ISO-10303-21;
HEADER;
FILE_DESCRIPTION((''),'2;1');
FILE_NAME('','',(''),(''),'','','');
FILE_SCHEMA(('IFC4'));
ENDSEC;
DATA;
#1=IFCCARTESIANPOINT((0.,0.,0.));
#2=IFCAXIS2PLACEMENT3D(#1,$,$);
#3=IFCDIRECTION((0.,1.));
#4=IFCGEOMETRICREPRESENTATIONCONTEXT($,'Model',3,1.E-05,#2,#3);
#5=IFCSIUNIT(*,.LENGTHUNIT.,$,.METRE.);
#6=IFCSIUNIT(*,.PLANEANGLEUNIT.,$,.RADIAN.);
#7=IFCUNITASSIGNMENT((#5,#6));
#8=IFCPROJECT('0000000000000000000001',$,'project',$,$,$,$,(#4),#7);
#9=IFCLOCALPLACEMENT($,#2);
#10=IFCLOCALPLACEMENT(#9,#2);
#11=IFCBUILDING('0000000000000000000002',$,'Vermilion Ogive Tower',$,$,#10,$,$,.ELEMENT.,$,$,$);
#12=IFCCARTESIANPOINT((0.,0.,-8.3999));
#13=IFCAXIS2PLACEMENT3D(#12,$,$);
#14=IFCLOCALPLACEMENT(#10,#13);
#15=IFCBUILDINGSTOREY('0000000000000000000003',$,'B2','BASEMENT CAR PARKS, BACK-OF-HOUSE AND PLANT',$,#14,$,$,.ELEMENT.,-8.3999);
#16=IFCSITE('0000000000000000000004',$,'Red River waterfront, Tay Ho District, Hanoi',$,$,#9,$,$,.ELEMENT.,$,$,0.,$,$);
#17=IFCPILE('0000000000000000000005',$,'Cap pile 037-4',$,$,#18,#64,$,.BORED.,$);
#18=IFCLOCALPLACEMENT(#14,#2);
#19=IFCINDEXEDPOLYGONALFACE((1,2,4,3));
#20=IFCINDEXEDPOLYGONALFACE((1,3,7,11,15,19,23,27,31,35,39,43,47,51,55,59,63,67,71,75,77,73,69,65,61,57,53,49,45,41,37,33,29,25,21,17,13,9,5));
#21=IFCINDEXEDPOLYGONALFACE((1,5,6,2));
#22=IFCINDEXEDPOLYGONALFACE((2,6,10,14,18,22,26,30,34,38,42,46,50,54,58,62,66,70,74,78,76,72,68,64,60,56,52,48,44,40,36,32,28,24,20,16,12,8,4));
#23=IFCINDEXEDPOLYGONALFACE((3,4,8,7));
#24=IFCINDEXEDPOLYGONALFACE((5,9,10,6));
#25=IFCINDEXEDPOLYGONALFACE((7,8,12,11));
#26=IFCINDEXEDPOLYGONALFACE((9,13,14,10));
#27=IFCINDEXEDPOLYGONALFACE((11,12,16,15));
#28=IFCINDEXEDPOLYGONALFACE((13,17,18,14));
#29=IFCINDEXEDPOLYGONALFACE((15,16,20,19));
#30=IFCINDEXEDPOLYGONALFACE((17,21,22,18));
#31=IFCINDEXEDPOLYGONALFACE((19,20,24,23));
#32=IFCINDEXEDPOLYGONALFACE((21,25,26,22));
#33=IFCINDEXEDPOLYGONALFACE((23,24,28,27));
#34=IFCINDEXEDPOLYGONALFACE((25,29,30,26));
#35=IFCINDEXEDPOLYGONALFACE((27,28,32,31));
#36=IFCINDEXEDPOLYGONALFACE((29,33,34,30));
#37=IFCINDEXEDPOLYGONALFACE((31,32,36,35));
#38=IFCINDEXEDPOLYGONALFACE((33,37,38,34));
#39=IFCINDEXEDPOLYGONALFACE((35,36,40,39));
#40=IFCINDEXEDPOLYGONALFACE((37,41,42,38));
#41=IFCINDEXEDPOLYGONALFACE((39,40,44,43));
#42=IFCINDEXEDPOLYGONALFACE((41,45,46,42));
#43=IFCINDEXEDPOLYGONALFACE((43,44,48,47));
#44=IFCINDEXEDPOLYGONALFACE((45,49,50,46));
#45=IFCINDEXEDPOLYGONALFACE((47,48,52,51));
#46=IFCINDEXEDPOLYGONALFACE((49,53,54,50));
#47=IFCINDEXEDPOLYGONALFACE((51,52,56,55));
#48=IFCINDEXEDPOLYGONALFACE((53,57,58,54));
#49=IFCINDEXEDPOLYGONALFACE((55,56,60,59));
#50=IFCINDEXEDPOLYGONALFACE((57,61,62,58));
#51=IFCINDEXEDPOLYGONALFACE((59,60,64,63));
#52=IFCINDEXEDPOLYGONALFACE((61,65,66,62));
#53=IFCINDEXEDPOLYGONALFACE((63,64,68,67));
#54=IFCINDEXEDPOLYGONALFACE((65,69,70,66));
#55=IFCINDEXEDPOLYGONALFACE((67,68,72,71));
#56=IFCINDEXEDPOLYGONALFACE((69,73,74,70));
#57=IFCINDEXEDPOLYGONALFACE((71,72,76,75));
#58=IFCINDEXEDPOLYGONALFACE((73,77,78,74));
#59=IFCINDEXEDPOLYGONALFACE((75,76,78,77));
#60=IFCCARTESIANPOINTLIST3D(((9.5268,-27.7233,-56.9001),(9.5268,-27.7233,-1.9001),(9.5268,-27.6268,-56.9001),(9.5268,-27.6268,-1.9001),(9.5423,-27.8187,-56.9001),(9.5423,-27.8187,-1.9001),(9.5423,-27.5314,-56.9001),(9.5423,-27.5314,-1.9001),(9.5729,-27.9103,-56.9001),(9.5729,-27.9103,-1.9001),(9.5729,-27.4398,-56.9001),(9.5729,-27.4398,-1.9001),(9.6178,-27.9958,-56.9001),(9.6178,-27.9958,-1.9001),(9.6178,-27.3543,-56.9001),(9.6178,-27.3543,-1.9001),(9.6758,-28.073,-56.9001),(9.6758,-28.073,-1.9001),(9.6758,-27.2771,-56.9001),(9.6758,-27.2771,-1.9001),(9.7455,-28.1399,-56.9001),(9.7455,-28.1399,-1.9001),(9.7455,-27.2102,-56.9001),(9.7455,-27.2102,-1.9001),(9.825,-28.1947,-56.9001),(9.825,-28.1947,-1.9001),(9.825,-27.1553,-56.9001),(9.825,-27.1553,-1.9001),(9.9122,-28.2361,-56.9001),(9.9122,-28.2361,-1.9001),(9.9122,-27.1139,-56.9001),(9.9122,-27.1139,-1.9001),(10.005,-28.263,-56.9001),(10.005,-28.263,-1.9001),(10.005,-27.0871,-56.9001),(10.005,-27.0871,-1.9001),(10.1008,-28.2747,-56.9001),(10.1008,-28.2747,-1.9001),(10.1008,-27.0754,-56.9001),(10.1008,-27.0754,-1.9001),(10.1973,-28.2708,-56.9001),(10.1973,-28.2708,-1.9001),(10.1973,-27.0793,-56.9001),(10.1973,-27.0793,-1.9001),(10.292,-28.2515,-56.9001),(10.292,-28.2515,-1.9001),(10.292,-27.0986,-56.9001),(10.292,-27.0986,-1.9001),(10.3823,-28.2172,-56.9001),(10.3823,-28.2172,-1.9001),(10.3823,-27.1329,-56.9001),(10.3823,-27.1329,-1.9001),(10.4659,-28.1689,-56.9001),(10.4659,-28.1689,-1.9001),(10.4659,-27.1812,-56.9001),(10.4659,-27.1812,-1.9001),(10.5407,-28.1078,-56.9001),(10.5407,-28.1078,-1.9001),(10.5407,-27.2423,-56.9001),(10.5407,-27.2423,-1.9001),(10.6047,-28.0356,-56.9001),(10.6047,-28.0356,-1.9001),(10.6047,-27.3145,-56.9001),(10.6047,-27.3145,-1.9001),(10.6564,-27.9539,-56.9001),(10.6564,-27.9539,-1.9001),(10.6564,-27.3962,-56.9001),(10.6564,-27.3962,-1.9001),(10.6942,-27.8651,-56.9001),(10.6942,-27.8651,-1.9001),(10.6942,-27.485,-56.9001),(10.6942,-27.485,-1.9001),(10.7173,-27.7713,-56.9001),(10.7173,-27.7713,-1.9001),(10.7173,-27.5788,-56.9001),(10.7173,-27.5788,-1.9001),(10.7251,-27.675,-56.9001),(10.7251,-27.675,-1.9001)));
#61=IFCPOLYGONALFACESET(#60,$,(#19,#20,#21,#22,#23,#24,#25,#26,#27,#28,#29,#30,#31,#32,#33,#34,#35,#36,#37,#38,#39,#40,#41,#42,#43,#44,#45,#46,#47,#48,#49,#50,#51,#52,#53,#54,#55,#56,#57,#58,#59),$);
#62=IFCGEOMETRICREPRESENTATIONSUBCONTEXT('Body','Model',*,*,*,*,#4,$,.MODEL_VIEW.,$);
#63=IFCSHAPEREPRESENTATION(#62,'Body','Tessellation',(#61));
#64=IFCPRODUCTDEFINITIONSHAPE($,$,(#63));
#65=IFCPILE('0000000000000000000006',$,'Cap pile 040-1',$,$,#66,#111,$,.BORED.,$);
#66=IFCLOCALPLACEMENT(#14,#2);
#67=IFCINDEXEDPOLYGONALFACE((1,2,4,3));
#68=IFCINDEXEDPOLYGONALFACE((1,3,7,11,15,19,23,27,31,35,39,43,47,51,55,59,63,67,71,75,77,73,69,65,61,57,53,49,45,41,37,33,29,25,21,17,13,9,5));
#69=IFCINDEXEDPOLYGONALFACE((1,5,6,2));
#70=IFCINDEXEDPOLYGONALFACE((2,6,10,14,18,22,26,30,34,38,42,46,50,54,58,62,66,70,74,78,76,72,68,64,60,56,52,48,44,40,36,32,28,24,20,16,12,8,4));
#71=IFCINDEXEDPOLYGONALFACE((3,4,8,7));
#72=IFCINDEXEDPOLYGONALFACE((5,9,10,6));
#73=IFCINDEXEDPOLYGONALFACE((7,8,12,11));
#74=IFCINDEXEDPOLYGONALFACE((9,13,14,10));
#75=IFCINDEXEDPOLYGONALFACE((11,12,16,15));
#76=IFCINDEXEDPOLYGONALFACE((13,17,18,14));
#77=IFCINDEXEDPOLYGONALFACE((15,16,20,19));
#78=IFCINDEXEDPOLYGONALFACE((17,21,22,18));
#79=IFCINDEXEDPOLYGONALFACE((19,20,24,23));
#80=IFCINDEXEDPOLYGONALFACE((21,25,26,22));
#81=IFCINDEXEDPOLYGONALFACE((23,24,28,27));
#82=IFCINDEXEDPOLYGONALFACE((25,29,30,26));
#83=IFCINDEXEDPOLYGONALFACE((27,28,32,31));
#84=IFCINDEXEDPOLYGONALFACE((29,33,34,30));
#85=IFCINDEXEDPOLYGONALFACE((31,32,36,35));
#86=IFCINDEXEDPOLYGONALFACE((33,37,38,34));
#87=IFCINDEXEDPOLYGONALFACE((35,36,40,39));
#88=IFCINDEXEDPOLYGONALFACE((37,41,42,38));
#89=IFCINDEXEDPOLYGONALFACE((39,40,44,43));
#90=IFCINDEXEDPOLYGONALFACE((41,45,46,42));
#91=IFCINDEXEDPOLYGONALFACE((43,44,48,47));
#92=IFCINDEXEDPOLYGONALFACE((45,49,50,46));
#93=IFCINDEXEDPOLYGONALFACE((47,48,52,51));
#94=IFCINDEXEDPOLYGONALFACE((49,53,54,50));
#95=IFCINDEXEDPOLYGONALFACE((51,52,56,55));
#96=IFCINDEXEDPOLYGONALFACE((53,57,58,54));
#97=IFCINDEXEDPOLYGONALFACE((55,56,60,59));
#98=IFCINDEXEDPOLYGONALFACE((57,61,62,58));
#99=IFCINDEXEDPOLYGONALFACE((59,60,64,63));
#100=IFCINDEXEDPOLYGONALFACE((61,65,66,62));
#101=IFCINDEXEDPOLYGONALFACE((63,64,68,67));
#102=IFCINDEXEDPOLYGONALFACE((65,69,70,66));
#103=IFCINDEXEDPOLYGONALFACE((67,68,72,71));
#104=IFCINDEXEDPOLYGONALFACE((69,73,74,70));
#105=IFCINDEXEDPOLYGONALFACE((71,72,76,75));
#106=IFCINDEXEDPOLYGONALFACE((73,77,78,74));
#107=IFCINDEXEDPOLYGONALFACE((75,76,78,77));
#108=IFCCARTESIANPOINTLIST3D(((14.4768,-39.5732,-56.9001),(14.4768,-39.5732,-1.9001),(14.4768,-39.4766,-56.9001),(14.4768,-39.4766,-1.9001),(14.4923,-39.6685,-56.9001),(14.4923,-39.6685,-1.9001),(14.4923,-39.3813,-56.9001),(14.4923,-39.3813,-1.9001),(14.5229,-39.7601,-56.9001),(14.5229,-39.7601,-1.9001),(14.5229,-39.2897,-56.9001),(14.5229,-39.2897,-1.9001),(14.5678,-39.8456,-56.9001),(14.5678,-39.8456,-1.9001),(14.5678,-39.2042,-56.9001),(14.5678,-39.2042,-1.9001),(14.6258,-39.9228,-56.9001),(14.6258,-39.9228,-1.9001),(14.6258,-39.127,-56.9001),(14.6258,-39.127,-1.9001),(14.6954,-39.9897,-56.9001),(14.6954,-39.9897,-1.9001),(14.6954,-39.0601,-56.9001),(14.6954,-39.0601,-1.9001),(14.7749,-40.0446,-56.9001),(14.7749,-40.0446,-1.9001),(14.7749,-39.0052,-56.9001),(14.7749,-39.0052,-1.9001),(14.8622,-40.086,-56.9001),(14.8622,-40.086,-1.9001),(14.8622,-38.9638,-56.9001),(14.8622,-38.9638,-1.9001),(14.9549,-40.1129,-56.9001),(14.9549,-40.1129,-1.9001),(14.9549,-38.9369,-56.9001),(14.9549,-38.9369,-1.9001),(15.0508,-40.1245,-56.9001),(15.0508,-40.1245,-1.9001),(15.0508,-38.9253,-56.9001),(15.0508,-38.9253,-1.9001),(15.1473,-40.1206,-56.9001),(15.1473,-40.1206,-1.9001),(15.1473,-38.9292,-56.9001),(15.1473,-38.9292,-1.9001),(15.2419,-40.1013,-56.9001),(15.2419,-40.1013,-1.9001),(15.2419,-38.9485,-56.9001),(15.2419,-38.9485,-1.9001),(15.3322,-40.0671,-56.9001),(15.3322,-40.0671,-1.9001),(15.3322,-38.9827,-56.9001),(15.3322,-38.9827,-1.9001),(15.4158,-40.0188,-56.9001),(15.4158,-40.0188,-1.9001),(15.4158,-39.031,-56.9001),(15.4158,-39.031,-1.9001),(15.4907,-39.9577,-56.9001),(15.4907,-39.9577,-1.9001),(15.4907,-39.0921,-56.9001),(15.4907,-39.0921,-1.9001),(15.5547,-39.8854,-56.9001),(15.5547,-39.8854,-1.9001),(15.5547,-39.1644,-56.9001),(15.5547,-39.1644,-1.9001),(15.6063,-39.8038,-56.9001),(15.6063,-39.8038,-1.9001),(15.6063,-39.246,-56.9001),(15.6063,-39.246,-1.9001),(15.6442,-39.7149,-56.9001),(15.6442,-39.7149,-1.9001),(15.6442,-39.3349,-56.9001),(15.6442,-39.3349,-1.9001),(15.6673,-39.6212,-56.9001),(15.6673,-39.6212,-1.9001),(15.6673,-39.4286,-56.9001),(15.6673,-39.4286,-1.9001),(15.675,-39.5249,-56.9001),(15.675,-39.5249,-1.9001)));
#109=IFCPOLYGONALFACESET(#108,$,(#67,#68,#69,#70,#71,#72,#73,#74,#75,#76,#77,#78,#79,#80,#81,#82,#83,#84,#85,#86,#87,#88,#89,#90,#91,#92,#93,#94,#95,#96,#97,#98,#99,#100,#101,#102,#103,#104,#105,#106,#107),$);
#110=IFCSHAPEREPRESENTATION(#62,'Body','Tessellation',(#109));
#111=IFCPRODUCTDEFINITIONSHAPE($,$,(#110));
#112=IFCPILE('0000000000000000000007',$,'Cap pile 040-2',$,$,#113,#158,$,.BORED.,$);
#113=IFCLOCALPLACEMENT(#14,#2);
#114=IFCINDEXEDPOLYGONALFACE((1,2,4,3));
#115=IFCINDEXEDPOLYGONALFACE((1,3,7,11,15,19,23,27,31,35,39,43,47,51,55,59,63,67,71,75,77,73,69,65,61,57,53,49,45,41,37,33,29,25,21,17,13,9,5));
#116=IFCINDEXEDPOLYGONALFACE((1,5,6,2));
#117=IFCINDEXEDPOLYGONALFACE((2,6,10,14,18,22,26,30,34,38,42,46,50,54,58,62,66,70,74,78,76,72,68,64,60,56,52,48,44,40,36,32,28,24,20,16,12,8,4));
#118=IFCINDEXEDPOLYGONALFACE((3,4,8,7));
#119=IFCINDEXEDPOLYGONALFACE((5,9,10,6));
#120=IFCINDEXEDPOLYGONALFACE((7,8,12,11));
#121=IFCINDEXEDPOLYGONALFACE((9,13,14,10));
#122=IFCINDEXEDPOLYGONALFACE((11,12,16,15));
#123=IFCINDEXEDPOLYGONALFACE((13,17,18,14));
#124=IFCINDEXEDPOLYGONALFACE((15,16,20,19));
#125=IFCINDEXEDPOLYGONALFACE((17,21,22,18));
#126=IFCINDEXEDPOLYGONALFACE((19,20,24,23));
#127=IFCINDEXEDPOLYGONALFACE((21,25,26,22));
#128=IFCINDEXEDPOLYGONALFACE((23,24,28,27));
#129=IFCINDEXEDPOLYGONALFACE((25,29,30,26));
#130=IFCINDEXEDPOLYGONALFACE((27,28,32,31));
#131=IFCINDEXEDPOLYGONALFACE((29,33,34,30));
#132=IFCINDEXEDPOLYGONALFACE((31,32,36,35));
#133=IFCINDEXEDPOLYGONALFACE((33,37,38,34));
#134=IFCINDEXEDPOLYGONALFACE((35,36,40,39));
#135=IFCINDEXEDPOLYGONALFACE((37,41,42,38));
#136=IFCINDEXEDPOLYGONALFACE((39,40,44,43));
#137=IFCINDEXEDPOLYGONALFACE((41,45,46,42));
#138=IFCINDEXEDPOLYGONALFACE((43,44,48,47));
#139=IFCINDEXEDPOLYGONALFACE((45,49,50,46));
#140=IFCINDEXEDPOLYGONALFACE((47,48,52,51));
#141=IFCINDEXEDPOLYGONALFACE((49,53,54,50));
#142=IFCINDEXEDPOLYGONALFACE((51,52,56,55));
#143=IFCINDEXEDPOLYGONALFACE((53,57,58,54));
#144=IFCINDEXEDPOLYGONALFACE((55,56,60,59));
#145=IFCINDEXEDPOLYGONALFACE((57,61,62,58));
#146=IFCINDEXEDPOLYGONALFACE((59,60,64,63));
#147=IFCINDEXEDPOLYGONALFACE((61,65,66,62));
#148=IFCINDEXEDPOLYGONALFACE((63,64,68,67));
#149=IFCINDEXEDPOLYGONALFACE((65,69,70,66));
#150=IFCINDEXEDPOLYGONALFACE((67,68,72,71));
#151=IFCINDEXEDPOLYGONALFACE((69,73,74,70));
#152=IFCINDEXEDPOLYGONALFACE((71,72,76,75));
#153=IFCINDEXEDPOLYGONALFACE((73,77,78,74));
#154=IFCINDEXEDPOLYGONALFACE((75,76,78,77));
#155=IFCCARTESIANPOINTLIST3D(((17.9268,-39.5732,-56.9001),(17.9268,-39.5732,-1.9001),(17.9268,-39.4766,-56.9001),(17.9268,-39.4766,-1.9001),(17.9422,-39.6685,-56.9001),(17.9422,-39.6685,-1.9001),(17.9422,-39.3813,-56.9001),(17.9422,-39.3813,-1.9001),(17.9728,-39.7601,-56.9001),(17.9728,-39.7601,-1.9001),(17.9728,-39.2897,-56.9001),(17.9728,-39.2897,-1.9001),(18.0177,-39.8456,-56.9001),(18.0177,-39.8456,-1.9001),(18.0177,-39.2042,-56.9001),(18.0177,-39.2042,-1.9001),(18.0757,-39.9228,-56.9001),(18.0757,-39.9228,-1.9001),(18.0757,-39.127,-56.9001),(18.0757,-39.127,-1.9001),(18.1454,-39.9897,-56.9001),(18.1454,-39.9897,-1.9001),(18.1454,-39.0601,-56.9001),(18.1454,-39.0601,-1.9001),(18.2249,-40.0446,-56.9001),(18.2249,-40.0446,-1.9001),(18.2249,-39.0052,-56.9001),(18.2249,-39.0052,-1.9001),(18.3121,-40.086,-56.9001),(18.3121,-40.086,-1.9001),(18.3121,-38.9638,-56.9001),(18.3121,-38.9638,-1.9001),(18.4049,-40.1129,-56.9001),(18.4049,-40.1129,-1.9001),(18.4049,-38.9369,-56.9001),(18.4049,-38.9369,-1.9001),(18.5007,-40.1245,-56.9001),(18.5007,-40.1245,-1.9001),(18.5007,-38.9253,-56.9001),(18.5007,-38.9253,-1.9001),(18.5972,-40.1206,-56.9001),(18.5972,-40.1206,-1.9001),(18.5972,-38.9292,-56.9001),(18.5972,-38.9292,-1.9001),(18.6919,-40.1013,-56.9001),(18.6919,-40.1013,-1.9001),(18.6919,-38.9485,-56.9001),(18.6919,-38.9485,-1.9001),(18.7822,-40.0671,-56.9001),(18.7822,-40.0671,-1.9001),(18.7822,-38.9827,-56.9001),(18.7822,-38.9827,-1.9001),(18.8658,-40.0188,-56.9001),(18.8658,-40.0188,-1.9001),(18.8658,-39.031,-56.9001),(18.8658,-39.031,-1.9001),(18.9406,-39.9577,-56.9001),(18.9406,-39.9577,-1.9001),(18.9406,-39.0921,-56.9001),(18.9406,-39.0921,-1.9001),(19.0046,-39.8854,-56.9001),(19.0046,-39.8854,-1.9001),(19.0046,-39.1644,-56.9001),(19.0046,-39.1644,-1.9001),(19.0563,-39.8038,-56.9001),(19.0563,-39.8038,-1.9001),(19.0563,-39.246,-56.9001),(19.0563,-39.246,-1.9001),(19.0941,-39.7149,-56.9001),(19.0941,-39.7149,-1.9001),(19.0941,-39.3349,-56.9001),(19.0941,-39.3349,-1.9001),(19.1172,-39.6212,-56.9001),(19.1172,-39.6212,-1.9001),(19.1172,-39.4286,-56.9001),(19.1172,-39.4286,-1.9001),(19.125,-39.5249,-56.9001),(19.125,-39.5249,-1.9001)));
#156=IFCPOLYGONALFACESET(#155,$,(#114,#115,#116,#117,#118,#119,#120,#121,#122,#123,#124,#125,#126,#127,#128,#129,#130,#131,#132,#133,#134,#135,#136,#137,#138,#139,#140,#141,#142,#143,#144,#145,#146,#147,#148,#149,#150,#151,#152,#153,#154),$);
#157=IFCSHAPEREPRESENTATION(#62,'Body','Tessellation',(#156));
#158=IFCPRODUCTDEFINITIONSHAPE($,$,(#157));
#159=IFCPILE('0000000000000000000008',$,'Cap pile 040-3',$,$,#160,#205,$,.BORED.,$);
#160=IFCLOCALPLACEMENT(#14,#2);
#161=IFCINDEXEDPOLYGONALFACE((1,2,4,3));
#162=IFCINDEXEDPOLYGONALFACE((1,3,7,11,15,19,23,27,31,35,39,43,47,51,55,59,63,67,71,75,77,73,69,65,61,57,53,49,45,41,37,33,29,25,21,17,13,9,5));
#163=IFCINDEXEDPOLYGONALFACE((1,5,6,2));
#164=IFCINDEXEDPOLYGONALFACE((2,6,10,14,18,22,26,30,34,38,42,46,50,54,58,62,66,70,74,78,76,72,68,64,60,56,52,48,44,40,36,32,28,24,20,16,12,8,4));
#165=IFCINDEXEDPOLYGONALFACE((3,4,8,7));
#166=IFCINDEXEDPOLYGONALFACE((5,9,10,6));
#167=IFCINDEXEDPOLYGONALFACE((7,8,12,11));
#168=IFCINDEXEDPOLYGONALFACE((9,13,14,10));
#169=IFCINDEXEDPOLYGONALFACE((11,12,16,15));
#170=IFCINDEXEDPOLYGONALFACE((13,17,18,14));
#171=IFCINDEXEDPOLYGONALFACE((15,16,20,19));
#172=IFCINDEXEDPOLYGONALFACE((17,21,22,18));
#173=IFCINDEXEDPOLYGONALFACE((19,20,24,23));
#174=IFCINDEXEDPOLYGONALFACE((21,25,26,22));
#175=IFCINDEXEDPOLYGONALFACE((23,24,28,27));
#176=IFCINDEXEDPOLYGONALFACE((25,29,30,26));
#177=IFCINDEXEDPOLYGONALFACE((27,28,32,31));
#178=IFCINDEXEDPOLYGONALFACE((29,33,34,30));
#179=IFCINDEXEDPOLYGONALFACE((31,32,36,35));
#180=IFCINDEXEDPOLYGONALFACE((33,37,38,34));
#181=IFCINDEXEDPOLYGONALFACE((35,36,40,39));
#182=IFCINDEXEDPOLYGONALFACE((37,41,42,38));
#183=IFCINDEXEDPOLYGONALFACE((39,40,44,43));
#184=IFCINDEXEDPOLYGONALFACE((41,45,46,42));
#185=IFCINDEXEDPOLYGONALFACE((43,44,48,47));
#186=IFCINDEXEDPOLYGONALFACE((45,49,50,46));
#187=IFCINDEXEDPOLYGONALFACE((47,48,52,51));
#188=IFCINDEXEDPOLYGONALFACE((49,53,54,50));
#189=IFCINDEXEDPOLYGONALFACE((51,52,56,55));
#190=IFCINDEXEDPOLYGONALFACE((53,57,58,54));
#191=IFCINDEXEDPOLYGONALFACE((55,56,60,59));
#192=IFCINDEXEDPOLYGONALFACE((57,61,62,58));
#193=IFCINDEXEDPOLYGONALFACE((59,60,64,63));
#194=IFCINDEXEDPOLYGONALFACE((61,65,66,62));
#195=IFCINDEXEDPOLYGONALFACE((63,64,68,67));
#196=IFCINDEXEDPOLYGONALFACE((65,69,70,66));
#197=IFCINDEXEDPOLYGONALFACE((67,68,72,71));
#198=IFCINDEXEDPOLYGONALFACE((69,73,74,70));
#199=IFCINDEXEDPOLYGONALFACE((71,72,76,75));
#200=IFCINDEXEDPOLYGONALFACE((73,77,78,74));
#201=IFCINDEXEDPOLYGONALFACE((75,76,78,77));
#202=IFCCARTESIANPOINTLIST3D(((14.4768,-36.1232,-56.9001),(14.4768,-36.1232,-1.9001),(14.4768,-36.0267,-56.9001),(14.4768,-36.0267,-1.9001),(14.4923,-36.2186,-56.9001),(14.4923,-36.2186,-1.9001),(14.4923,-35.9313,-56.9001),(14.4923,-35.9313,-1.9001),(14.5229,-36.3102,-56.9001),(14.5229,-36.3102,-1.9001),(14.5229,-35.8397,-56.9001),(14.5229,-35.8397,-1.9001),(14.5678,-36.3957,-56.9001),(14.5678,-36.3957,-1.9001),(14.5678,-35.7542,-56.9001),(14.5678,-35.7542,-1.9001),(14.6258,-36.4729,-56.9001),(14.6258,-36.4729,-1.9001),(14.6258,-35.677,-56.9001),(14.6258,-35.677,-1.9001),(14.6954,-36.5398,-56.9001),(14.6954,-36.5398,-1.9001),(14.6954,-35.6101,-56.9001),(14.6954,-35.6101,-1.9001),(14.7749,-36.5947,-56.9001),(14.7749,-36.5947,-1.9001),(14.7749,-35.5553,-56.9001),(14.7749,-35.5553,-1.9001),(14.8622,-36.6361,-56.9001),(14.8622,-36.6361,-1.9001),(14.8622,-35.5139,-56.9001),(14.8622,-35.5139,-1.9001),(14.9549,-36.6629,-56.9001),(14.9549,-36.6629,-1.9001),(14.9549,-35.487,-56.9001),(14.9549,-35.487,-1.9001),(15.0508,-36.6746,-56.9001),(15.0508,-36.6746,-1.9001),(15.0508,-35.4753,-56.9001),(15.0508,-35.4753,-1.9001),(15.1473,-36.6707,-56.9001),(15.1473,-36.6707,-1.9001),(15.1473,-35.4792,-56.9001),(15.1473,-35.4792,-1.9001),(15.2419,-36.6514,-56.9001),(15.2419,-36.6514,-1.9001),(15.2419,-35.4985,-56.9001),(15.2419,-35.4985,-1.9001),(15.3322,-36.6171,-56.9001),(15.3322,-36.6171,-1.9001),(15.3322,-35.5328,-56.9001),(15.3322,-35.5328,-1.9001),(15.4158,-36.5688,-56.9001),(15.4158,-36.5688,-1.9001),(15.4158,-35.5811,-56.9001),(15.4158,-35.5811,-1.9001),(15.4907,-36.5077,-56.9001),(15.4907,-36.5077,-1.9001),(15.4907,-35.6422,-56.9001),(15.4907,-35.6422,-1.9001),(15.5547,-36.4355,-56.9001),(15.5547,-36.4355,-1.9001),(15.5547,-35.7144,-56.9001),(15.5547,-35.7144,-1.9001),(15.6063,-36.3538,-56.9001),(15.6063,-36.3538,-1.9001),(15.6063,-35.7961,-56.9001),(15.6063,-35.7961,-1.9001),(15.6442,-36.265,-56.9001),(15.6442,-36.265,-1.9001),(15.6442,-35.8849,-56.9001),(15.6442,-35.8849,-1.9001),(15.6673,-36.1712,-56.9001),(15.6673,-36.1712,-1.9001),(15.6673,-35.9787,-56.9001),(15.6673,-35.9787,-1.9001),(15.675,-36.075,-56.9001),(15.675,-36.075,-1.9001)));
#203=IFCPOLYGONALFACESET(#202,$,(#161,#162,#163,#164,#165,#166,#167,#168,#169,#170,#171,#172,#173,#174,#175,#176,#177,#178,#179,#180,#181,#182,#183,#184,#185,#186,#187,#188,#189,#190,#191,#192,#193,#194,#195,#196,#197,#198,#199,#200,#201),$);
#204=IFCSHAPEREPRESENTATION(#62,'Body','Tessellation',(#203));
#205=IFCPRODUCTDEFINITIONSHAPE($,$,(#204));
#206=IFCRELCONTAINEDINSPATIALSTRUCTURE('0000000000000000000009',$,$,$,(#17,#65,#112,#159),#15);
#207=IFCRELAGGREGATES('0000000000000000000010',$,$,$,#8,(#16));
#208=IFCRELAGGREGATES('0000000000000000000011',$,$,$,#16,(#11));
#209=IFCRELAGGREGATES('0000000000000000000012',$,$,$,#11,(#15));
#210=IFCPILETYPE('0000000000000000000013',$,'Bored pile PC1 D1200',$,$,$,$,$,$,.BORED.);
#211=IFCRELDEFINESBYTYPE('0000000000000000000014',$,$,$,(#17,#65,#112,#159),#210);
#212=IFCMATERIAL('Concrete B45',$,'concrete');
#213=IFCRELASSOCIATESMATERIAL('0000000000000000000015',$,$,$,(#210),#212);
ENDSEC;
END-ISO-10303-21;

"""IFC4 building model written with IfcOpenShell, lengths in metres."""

from ifc_helpers import new_model, si_unit, direction, frame, origin, origin_2d, place, context, subcontext, project, spatial, circle, extrude, material, type_object, element, save


model = new_model("IFC4")

# Units and contexts
model_context = context("Model", 3, precision=1e-05, world=origin(), true_north=direction((0.0, 1.0)))
body_context = subcontext(model_context, "Body", "Model", "MODEL_VIEW")
ifc_project = project(units=[si_unit("LENGTHUNIT", "METRE"), si_unit("PLANEANGLEUNIT", "RADIAN")], contexts=[model_context])

# Site, building, storey
site_placement = place(None, origin())
site = spatial("IfcSite", under=ifc_project, at=site_placement, Name="Red River waterfront, Tay Ho District, Hanoi", CompositionType="ELEMENT", RefElevation=0.0)
building_placement = place(site_placement, origin())
building = spatial("IfcBuilding", under=site, at=building_placement, Name="Vermilion Ogive Tower", CompositionType="ELEMENT")
storey_placement = place(building_placement, frame((0.0, 0.0, -8.3999)))
storey = spatial("IfcBuildingStorey", under=building, at=storey_placement, Name="B2", Description="BASEMENT CAR PARKS, BACK-OF-HOUSE AND PLANT", CompositionType="ELEMENT", Elevation=-8.3999)

# Piles
ifc_material_1 = material(Name="Concrete B45", Category="concrete")
pile_type_1 = type_object("IfcPileType", Name="Bored pile PC1 D1200", PredefinedType="BORED", material=ifc_material_1)
for number, where, z_axis, x_axis, name in (
    (1, (10.125, -27.675, -1.9001), (0.0, 0.0, -1.0), (1.0, 0.0, 0.0), "Cap pile 037-4"),
    (2, (15.075, -39.5249, -1.9001), (0.0, 0.0, -1.0), (1.0, 0.0, 0.0), "Cap pile 040-1"),
    (3, (18.5249, -39.5249, -1.9001), (0.0, 0.0, -1.0), (1.0, 0.0, 0.0), "Cap pile 040-2"),
    (4, (15.075, -36.075, -1.9001), (0.0, 0.0, -1.0), (1.0, 0.0, 0.0), "Cap pile 040-3"),
):
    element("IfcPile", number, at=place(storey_placement, frame(where, z_axis=z_axis, x_axis=x_axis)), inside=storey, type_object=pile_type_1, Name=name, PredefinedType="BORED", context=body_context, shape_type="SweptSolid", body=[
        extrude(circle(Radius=0.6001, at=origin_2d()), origin(), (0.0, 0.0, 1.0), 55.0),
    ])

save(model, "model.ifc")
